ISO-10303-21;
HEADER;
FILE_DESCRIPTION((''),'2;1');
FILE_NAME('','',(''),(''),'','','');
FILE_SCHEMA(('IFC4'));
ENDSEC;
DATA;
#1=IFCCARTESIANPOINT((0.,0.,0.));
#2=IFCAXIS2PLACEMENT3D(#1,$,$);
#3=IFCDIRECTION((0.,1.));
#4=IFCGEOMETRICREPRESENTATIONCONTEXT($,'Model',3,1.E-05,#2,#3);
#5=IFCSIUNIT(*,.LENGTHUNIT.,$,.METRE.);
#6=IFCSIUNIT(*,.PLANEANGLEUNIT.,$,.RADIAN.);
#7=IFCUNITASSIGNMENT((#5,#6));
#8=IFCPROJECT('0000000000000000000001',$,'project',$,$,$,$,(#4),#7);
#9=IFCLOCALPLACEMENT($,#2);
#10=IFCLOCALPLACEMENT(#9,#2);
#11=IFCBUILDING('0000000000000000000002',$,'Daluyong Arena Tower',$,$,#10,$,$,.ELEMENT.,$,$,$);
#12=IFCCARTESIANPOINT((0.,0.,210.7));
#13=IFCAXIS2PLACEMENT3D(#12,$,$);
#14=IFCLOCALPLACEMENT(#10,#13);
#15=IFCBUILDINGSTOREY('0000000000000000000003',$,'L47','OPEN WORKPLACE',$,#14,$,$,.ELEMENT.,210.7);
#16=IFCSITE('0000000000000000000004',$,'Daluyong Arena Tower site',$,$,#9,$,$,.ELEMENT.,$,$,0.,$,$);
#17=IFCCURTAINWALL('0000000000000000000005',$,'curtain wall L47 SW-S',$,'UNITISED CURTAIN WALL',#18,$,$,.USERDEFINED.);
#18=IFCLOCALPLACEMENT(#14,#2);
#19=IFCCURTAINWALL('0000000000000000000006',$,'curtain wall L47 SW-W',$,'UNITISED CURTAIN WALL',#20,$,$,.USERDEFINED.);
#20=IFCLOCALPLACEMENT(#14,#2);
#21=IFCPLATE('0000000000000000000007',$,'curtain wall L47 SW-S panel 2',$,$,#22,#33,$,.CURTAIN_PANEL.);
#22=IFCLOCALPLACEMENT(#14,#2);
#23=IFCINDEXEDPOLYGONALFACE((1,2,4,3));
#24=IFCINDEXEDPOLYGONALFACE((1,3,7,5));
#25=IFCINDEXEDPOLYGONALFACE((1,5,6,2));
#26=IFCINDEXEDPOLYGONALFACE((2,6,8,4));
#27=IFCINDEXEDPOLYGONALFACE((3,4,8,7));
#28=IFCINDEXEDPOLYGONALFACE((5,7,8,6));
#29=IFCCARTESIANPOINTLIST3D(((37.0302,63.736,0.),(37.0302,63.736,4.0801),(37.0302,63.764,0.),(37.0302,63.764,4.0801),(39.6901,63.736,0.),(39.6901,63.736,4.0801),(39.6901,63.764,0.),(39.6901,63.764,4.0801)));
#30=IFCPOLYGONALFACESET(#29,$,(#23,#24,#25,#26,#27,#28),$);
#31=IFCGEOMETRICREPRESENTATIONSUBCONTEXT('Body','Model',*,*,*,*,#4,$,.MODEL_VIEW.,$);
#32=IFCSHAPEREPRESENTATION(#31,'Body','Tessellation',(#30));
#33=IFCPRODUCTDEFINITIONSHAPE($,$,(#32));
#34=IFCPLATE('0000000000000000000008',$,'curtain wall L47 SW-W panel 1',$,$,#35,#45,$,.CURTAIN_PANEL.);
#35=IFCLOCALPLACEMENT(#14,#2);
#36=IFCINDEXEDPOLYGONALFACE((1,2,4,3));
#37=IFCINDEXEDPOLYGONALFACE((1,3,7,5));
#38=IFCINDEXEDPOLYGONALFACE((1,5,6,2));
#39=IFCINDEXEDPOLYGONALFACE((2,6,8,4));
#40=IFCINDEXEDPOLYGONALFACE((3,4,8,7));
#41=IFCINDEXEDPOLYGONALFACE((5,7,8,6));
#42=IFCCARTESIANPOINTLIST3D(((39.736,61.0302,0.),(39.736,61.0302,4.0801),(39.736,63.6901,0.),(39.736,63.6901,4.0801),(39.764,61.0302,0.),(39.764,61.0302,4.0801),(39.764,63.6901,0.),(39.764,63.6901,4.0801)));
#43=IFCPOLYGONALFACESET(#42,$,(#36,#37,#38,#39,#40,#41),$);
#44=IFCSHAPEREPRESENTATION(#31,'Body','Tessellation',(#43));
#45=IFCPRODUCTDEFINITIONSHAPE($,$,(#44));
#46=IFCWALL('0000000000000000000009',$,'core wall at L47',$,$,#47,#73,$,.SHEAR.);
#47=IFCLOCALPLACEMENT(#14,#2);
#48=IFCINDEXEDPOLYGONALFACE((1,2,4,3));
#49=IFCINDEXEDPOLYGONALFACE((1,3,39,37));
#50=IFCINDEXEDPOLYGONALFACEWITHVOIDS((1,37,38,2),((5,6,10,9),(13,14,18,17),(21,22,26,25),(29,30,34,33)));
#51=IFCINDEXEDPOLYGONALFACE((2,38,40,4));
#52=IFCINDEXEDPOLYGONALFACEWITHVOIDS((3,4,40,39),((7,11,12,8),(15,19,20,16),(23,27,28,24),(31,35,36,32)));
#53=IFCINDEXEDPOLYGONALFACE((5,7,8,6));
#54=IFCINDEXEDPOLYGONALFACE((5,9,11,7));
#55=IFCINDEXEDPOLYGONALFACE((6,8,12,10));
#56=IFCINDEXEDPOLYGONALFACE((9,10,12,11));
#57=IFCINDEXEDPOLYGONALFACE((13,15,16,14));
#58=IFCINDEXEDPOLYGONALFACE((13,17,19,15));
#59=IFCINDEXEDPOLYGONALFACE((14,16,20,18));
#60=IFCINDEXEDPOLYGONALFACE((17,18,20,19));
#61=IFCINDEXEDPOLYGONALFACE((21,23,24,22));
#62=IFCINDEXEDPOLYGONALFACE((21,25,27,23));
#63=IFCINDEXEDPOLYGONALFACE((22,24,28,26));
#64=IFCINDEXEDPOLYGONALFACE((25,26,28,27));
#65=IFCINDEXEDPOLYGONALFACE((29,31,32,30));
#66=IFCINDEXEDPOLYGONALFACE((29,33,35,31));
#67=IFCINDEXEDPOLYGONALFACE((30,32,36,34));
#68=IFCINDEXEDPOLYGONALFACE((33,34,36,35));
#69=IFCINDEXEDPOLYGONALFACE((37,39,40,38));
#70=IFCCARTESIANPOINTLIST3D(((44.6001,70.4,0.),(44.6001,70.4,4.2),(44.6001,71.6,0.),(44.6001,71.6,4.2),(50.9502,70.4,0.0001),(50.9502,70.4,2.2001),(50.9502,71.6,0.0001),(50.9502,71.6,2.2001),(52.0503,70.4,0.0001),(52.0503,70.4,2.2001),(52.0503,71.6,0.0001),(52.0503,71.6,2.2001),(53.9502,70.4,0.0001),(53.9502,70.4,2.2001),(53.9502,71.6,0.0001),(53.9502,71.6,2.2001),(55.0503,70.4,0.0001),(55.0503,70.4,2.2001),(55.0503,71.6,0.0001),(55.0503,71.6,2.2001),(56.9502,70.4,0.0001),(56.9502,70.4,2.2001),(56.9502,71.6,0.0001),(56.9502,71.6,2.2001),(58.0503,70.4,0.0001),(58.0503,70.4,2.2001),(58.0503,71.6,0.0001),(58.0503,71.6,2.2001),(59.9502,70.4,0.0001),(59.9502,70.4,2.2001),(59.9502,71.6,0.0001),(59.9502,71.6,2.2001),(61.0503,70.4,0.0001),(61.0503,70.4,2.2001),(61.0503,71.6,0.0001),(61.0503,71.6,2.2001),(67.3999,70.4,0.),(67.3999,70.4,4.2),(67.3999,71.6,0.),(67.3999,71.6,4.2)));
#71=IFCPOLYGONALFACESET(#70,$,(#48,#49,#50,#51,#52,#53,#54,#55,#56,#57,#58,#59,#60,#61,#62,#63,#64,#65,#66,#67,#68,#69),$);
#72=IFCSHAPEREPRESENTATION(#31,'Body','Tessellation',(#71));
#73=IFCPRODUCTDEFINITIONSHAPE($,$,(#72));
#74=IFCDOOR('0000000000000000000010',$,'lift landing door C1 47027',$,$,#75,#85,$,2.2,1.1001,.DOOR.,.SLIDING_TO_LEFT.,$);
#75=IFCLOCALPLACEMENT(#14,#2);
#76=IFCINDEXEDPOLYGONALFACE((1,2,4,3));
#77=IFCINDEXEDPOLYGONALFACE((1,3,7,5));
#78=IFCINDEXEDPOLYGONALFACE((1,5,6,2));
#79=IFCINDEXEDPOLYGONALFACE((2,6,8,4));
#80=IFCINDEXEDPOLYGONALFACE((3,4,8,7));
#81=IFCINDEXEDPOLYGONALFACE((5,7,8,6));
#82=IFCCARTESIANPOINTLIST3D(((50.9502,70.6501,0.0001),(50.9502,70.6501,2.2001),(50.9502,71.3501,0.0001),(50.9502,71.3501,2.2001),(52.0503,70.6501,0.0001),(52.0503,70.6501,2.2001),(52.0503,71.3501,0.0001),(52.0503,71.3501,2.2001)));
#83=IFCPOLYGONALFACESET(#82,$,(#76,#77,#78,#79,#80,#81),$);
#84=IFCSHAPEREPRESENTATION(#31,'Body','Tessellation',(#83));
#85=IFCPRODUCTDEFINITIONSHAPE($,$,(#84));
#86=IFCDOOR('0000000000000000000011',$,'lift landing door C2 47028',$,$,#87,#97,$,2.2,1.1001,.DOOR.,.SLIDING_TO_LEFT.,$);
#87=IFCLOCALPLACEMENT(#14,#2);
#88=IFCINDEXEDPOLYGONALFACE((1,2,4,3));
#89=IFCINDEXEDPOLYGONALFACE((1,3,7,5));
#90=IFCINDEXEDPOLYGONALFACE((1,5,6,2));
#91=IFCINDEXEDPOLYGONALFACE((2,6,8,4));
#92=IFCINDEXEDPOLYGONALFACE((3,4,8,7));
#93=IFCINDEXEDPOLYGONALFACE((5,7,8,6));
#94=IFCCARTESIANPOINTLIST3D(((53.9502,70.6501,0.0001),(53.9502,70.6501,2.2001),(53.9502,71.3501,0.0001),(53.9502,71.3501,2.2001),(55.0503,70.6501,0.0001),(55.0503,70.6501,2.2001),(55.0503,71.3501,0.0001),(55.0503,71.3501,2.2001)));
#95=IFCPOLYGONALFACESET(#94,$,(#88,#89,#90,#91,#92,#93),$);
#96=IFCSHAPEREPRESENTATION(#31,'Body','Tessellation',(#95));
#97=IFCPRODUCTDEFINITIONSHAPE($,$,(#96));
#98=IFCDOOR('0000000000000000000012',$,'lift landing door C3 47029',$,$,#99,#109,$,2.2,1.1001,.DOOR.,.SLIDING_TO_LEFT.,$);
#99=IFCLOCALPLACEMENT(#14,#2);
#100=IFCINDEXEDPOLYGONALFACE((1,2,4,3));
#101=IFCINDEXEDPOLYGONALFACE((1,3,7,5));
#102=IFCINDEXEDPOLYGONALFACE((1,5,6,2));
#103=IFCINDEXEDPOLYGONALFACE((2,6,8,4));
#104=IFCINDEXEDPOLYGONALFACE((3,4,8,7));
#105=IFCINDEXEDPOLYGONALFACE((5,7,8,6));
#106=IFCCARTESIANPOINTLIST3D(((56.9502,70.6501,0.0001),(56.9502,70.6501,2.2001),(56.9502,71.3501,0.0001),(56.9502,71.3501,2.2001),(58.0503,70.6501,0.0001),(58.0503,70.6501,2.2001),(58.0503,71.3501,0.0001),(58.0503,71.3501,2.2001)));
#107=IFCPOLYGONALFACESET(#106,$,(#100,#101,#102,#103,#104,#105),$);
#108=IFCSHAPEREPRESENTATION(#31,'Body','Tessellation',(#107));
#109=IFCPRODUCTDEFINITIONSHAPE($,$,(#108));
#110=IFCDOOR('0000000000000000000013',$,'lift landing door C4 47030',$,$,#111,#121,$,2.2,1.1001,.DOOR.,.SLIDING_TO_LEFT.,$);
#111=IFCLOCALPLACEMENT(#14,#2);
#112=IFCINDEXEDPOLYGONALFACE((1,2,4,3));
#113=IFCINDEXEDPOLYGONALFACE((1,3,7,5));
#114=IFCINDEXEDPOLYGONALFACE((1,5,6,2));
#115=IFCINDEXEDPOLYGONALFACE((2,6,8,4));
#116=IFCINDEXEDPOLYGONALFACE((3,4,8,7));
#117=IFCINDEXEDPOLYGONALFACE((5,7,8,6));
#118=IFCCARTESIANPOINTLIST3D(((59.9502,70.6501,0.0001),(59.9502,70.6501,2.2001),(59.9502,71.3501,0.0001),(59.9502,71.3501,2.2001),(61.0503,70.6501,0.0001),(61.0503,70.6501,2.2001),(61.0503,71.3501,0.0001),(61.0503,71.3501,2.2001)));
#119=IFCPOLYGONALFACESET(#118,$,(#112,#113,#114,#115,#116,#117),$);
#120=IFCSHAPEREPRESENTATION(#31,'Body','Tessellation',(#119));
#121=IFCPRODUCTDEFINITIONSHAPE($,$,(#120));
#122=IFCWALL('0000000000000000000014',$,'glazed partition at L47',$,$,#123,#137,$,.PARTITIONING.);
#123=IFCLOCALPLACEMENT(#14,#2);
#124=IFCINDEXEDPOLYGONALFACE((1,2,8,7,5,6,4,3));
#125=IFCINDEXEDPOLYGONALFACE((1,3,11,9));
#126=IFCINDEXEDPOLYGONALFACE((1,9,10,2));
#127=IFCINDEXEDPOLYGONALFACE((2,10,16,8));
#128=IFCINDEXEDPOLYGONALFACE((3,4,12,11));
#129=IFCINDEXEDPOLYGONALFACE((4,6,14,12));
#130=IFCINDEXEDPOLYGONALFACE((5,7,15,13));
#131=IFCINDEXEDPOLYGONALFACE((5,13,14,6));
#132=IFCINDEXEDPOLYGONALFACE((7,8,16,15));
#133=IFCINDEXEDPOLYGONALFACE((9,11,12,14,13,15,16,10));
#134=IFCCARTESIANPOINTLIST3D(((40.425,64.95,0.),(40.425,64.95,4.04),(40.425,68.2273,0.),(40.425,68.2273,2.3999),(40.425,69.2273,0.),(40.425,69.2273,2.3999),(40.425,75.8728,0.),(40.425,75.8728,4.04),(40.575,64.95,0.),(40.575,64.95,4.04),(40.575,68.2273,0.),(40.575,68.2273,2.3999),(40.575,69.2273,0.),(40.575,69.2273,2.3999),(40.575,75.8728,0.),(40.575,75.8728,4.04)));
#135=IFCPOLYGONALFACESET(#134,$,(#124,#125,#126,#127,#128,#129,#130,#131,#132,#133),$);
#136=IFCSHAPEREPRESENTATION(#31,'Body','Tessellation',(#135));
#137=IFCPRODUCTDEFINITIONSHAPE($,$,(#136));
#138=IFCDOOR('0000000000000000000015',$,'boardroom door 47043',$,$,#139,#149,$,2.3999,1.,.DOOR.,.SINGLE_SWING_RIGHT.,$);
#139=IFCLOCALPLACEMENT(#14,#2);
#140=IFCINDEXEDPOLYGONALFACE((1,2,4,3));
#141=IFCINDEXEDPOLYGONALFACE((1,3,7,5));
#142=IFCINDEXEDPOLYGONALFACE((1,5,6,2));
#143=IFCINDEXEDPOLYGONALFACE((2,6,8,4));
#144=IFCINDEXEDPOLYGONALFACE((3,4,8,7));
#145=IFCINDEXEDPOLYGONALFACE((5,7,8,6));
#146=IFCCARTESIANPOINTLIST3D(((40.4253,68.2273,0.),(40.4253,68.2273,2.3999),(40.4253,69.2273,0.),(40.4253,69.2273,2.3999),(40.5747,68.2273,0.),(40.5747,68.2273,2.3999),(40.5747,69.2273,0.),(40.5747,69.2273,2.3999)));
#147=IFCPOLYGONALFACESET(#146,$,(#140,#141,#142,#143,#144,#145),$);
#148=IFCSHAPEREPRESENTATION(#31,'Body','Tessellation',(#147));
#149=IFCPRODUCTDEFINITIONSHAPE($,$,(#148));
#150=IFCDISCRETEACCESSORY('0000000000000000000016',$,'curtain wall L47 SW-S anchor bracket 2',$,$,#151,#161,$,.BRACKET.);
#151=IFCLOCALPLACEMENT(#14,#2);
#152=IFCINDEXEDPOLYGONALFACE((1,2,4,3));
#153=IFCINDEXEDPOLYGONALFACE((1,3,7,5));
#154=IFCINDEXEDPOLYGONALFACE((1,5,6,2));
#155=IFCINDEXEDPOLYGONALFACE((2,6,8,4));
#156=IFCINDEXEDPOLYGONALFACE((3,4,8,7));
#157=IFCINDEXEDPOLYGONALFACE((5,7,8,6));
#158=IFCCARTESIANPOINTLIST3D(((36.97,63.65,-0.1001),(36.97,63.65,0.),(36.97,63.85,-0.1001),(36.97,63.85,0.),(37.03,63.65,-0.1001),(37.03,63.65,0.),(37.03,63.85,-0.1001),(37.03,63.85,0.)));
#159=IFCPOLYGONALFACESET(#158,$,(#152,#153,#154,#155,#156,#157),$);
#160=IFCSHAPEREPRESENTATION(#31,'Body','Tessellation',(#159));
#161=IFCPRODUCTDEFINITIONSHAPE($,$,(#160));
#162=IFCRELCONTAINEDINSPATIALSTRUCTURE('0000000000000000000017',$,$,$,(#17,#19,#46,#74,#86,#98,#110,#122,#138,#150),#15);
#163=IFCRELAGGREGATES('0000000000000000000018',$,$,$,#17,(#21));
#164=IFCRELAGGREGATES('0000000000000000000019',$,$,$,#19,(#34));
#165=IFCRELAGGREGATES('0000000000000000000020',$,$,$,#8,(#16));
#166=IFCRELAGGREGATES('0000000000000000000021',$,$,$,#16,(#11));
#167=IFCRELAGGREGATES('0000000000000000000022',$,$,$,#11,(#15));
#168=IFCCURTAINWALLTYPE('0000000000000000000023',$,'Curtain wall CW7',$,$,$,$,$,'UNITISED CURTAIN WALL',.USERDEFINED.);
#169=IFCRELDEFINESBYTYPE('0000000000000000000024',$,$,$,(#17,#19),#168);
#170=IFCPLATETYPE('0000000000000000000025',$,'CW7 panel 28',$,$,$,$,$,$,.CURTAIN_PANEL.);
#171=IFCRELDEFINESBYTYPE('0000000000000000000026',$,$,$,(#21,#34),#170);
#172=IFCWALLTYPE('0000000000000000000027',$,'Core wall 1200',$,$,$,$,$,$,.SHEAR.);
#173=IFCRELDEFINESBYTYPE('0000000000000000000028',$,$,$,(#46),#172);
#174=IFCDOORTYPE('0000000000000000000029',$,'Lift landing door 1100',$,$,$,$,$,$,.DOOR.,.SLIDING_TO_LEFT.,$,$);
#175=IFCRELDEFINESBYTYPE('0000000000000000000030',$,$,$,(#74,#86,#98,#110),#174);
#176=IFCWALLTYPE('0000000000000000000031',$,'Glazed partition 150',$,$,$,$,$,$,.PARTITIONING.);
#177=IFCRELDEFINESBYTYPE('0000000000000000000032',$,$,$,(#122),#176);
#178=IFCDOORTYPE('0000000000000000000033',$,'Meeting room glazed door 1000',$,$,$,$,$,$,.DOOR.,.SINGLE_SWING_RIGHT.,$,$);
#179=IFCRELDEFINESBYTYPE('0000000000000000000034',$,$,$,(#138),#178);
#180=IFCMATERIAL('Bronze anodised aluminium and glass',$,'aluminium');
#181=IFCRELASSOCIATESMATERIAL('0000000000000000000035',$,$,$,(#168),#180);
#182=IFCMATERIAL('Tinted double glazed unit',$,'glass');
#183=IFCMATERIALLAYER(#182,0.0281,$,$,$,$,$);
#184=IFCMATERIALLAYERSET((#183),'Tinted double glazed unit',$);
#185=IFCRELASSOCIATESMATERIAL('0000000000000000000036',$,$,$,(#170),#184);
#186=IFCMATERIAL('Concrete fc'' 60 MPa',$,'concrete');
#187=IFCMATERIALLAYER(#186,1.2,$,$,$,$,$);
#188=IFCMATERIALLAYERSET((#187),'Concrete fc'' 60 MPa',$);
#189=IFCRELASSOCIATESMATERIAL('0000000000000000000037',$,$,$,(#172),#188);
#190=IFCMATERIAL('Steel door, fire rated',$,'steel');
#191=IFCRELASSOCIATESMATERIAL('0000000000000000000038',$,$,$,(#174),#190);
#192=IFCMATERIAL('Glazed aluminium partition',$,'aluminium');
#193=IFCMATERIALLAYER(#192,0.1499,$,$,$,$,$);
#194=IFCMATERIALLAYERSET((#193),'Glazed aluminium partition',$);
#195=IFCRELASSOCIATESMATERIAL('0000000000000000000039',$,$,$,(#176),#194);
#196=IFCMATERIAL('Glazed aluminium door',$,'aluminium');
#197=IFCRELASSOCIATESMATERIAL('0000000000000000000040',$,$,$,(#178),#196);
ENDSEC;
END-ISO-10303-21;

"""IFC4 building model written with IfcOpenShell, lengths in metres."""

from ifc_helpers import new_model, si_unit, direction, frame, frame_2d, origin, origin_2d, place, context, subcontext, project, spatial, rectangle, extrude, material, layer, layer_set, type_object, element, fill, aggregate, save


model = new_model("IFC4")

# Units and contexts
model_context = context("Model", 3, precision=1e-05, world=origin(), true_north=direction((0.0, 1.0)))
body_context = subcontext(model_context, "Body", "Model", "MODEL_VIEW")
ifc_project = project(units=[si_unit("LENGTHUNIT", "METRE"), si_unit("PLANEANGLEUNIT", "RADIAN")], contexts=[model_context])

# Site, building, storey
site_placement = place(None, origin())
site = spatial("IfcSite", under=ifc_project, at=site_placement, Name="Daluyong Arena Tower site", CompositionType="ELEMENT", RefElevation=0.0)
building_placement = place(site_placement, origin())
building = spatial("IfcBuilding", under=site, at=building_placement, Name="Daluyong Arena Tower", CompositionType="ELEMENT")
storey_placement = place(building_placement, frame((0.0, 0.0, 210.7)))
storey = spatial("IfcBuildingStorey", under=building, at=storey_placement, Name="L47", Description="OPEN WORKPLACE", CompositionType="ELEMENT", Elevation=210.7)

# Curtain wall
ifc_material_1 = material(Name="Bronze anodised aluminium and glass", Category="aluminium")
curtain_wall_type = type_object("IfcCurtainWallType", Name="Curtain wall CW7", ElementType="UNITISED CURTAIN WALL", PredefinedType="USERDEFINED", material=ifc_material_1)
curtain_wall_1_placement = place(storey_placement, origin())
curtain_wall_1 = element("IfcCurtainWall", 1, at=curtain_wall_1_placement, inside=storey, type_object=curtain_wall_type, Name="curtain wall L47 SW-S", ObjectType="UNITISED CURTAIN WALL", PredefinedType="USERDEFINED")

# Curtain wall
curtain_wall_2_placement = place(storey_placement, origin())
curtain_wall_2 = element("IfcCurtainWall", 2, at=curtain_wall_2_placement, inside=storey, type_object=curtain_wall_type, Name="curtain wall L47 SW-W", ObjectType="UNITISED CURTAIN WALL", PredefinedType="USERDEFINED")

# Plates
ifc_material_2 = material(Name="Tinted double glazed unit", Category="glass")
ifc_layer_1 = layer(ifc_material_2, 0.0281)
ifc_layer_set_1 = layer_set([ifc_layer_1], Name="Tinted double glazed unit")
plate_type = type_object("IfcPlateType", Name="CW7 panel 28", PredefinedType="CURTAIN_PANEL", material=ifc_layer_set_1)
plate_1_placement = place(storey_placement, frame((38.3601, 63.75, 0.0), z_axis=(0.0, 0.0, 1.0), x_axis=(1.0, 0.0, 0.0)))
plate_1 = element("IfcPlate", 3, at=plate_1_placement, type_object=plate_type, Name="curtain wall L47 SW-S panel 2", PredefinedType="CURTAIN_PANEL", context=body_context, shape_type="SweptSolid", body=[
    extrude(rectangle(XDim=2.6599, YDim=0.0281, at=origin_2d()), origin(), (0.0, 0.0, 1.0), 4.0801),
])
aggregate(curtain_wall_1, [plate_1])
plate_2_placement = place(storey_placement, frame((39.75, 62.3601, 0.0), z_axis=(0.0, 0.0, 1.0), x_axis=(0.0, -1.0, 0.0)))
plate_2 = element("IfcPlate", 4, at=plate_2_placement, type_object=plate_type, Name="curtain wall L47 SW-W panel 1", PredefinedType="CURTAIN_PANEL", context=body_context, shape_type="SweptSolid", body=[
    extrude(rectangle(XDim=2.6599, YDim=0.0281, at=origin_2d()), origin(), (0.0, 0.0, 1.0), 4.0801),
])
aggregate(curtain_wall_2, [plate_2])

# Shared definitions
ifc_material_3 = material(Name="Concrete fc' 60 MPa", Category="concrete")
ifc_layer_2 = layer(ifc_material_3, 1.2)
ifc_layer_set_2 = layer_set([ifc_layer_2], Name="Concrete fc' 60 MPa")
wall_type_1 = type_object("IfcWallType", Name="Core wall 1200", PredefinedType="SHEAR", material=ifc_layer_set_2)

# Wall, openings, doors
wall_1_placement = place(storey_placement, frame((44.6001, 71.0, 0.0), z_axis=(0.0, 0.0, 1.0), x_axis=(1.0, 0.0, 0.0)))
wall_1 = element("IfcWall", 5, at=wall_1_placement, inside=storey, type_object=wall_type_1, Name="core wall at L47", PredefinedType="SHEAR", context=body_context, shape_type="SweptSolid", body=[
    extrude(rectangle(XDim=22.7998, YDim=1.2, at=frame_2d((11.3999, 0.0))), origin(), (0.0, 0.0, 1.0), 4.2),
])
opening_1_placement = place(wall_1_placement, frame((6.3501, 0.0, 0.0)))
opening_1 = element("IfcOpeningElement", 6, at=opening_1_placement, cuts=wall_1, PredefinedType="OPENING", context=body_context, shape_type="SweptSolid", body=[
    extrude(rectangle(XDim=1.1001, YDim=2.2, at=frame_2d((0.55, 1.1001))), frame((0.0, 0.6099, 0.0), z_axis=(0.0, -1.0, 0.0), x_axis=(1.0, 0.0, 0.0)), (0.0, 0.0, 1.0), 1.22),
])
opening_2_placement = place(wall_1_placement, frame((9.3501, 0.0, 0.0)))
opening_2 = element("IfcOpeningElement", 7, at=opening_2_placement, cuts=wall_1, PredefinedType="OPENING", context=body_context, shape_type="SweptSolid", body=[
    extrude(rectangle(XDim=1.1001, YDim=2.2, at=frame_2d((0.55, 1.1001))), frame((0.0, 0.6099, 0.0), z_axis=(0.0, -1.0, 0.0), x_axis=(1.0, 0.0, 0.0)), (0.0, 0.0, 1.0), 1.22),
])
opening_3_placement = place(wall_1_placement, frame((12.3501, 0.0, 0.0)))
opening_3 = element("IfcOpeningElement", 8, at=opening_3_placement, cuts=wall_1, PredefinedType="OPENING", context=body_context, shape_type="SweptSolid", body=[
    extrude(rectangle(XDim=1.1001, YDim=2.2, at=frame_2d((0.55, 1.1001))), frame((0.0, 0.6099, 0.0), z_axis=(0.0, -1.0, 0.0), x_axis=(1.0, 0.0, 0.0)), (0.0, 0.0, 1.0), 1.22),
])
opening_4_placement = place(wall_1_placement, frame((15.3501, 0.0, 0.0)))
opening_4 = element("IfcOpeningElement", 9, at=opening_4_placement, cuts=wall_1, PredefinedType="OPENING", context=body_context, shape_type="SweptSolid", body=[
    extrude(rectangle(XDim=1.1001, YDim=2.2, at=frame_2d((0.55, 1.1001))), frame((0.0, 0.6099, 0.0), z_axis=(0.0, -1.0, 0.0), x_axis=(1.0, 0.0, 0.0)), (0.0, 0.0, 1.0), 1.22),
])
ifc_material_4 = material(Name="Steel door, fire rated", Category="steel")
door_type_1 = type_object("IfcDoorType", Name="Lift landing door 1100", OperationType="SLIDING_TO_LEFT", PredefinedType="DOOR", material=ifc_material_4)
door_1_placement = place(opening_1_placement, origin())
door_1 = element("IfcDoor", 10, at=door_1_placement, inside=storey, type_object=door_type_1, Name="lift landing door C1 47027", OperationType="SLIDING_TO_LEFT", OverallHeight=2.2, OverallWidth=1.1001, PredefinedType="DOOR", context=body_context, shape_type="SweptSolid", body=[
    extrude(rectangle(XDim=1.1001, YDim=2.2, at=frame_2d((0.55, 1.1001))), frame((0.0, 0.3501, 0.0), z_axis=(0.0, -1.0, 0.0), x_axis=(1.0, 0.0, 0.0)), (0.0, 0.0, 1.0), 0.7),
])
fill(opening_1, door_1)
door_2_placement = place(opening_2_placement, origin())
door_2 = element("IfcDoor", 11, at=door_2_placement, inside=storey, type_object=door_type_1, Name="lift landing door C2 47028", OperationType="SLIDING_TO_LEFT", OverallHeight=2.2, OverallWidth=1.1001, PredefinedType="DOOR", context=body_context, shape_type="SweptSolid", body=[
    extrude(rectangle(XDim=1.1001, YDim=2.2, at=frame_2d((0.55, 1.1001))), frame((0.0, 0.3501, 0.0), z_axis=(0.0, -1.0, 0.0), x_axis=(1.0, 0.0, 0.0)), (0.0, 0.0, 1.0), 0.7),
])
fill(opening_2, door_2)
door_3_placement = place(opening_3_placement, origin())
door_3 = element("IfcDoor", 12, at=door_3_placement, inside=storey, type_object=door_type_1, Name="lift landing door C3 47029", OperationType="SLIDING_TO_LEFT", OverallHeight=2.2, OverallWidth=1.1001, PredefinedType="DOOR", context=body_context, shape_type="SweptSolid", body=[
    extrude(rectangle(XDim=1.1001, YDim=2.2, at=frame_2d((0.55, 1.1001))), frame((0.0, 0.3501, 0.0), z_axis=(0.0, -1.0, 0.0), x_axis=(1.0, 0.0, 0.0)), (0.0, 0.0, 1.0), 0.7),
])
fill(opening_3, door_3)
door_4_placement = place(opening_4_placement, origin())
door_4 = element("IfcDoor", 13, at=door_4_placement, inside=storey, type_object=door_type_1, Name="lift landing door C4 47030", OperationType="SLIDING_TO_LEFT", OverallHeight=2.2, OverallWidth=1.1001, PredefinedType="DOOR", context=body_context, shape_type="SweptSolid", body=[
    extrude(rectangle(XDim=1.1001, YDim=2.2, at=frame_2d((0.55, 1.1001))), frame((0.0, 0.3501, 0.0), z_axis=(0.0, -1.0, 0.0), x_axis=(1.0, 0.0, 0.0)), (0.0, 0.0, 1.0), 0.7),
])
fill(opening_4, door_4)

# Wall, opening, door
ifc_material_5 = material(Name="Glazed aluminium partition", Category="aluminium")
ifc_layer_3 = layer(ifc_material_5, 0.1499)
ifc_layer_set_3 = layer_set([ifc_layer_3], Name="Glazed aluminium partition")
wall_type_2 = type_object("IfcWallType", Name="Glazed partition 150", PredefinedType="PARTITIONING", material=ifc_layer_set_3)
wall_2_placement = place(storey_placement, frame((40.5, 64.95, 0.0), z_axis=(0.0, 0.0, 1.0), x_axis=(0.0, 1.0, 0.0)))
wall_2 = element("IfcWall", 14, at=wall_2_placement, inside=storey, type_object=wall_type_2, Name="glazed partition at L47", PredefinedType="PARTITIONING", context=body_context, shape_type="SweptSolid", body=[
    extrude(rectangle(XDim=10.9229, YDim=0.1499, at=frame_2d((5.4614, 0.0))), origin(), (0.0, 0.0, 1.0), 4.04),
])
opening_5_placement = place(wall_2_placement, frame((3.2773, 0.0, 0.0)))
opening_5 = element("IfcOpeningElement", 15, at=opening_5_placement, cuts=wall_2, PredefinedType="OPENING", context=body_context, shape_type="SweptSolid", body=[
    extrude(rectangle(XDim=1.0, YDim=2.3999, at=frame_2d((0.5, 1.2))), frame((0.0, 0.085, 0.0), z_axis=(0.0, -1.0, 0.0), x_axis=(1.0, 0.0, 0.0)), (0.0, 0.0, 1.0), 0.1699),
])
ifc_material_6 = material(Name="Glazed aluminium door", Category="aluminium")
door_type_2 = type_object("IfcDoorType", Name="Meeting room glazed door 1000", OperationType="SINGLE_SWING_RIGHT", PredefinedType="DOOR", material=ifc_material_6)
door_5_placement = place(opening_5_placement, origin())
door_5 = element("IfcDoor", 16, at=door_5_placement, inside=storey, type_object=door_type_2, Name="boardroom door 47043", OperationType="SINGLE_SWING_RIGHT", OverallHeight=2.3999, OverallWidth=1.0, PredefinedType="DOOR", context=body_context, shape_type="SweptSolid", body=[
    extrude(rectangle(XDim=1.0, YDim=2.3999, at=frame_2d((0.5, 1.2))), frame((0.0, 0.0747, 0.0), z_axis=(0.0, -1.0, 0.0), x_axis=(1.0, 0.0, 0.0)), (0.0, 0.0, 1.0), 0.1494),
])
fill(opening_5, door_5)

# Discrete accessory
discrete_accessory_placement = place(storey_placement, frame((37.0, 63.75, -0.1001), z_axis=(0.0, 0.0, 1.0), x_axis=(1.0, 0.0, 0.0)))
element("IfcDiscreteAccessory", 17, at=discrete_accessory_placement, inside=storey, Name="curtain wall L47 SW-S anchor bracket 2", PredefinedType="BRACKET", context=body_context, shape_type="SweptSolid", body=[
    extrude(rectangle(XDim=0.0601, YDim=0.2, at=origin_2d()), origin(), (0.0, 0.0, 1.0), 0.1001),
])

save(model, "model.ifc")
